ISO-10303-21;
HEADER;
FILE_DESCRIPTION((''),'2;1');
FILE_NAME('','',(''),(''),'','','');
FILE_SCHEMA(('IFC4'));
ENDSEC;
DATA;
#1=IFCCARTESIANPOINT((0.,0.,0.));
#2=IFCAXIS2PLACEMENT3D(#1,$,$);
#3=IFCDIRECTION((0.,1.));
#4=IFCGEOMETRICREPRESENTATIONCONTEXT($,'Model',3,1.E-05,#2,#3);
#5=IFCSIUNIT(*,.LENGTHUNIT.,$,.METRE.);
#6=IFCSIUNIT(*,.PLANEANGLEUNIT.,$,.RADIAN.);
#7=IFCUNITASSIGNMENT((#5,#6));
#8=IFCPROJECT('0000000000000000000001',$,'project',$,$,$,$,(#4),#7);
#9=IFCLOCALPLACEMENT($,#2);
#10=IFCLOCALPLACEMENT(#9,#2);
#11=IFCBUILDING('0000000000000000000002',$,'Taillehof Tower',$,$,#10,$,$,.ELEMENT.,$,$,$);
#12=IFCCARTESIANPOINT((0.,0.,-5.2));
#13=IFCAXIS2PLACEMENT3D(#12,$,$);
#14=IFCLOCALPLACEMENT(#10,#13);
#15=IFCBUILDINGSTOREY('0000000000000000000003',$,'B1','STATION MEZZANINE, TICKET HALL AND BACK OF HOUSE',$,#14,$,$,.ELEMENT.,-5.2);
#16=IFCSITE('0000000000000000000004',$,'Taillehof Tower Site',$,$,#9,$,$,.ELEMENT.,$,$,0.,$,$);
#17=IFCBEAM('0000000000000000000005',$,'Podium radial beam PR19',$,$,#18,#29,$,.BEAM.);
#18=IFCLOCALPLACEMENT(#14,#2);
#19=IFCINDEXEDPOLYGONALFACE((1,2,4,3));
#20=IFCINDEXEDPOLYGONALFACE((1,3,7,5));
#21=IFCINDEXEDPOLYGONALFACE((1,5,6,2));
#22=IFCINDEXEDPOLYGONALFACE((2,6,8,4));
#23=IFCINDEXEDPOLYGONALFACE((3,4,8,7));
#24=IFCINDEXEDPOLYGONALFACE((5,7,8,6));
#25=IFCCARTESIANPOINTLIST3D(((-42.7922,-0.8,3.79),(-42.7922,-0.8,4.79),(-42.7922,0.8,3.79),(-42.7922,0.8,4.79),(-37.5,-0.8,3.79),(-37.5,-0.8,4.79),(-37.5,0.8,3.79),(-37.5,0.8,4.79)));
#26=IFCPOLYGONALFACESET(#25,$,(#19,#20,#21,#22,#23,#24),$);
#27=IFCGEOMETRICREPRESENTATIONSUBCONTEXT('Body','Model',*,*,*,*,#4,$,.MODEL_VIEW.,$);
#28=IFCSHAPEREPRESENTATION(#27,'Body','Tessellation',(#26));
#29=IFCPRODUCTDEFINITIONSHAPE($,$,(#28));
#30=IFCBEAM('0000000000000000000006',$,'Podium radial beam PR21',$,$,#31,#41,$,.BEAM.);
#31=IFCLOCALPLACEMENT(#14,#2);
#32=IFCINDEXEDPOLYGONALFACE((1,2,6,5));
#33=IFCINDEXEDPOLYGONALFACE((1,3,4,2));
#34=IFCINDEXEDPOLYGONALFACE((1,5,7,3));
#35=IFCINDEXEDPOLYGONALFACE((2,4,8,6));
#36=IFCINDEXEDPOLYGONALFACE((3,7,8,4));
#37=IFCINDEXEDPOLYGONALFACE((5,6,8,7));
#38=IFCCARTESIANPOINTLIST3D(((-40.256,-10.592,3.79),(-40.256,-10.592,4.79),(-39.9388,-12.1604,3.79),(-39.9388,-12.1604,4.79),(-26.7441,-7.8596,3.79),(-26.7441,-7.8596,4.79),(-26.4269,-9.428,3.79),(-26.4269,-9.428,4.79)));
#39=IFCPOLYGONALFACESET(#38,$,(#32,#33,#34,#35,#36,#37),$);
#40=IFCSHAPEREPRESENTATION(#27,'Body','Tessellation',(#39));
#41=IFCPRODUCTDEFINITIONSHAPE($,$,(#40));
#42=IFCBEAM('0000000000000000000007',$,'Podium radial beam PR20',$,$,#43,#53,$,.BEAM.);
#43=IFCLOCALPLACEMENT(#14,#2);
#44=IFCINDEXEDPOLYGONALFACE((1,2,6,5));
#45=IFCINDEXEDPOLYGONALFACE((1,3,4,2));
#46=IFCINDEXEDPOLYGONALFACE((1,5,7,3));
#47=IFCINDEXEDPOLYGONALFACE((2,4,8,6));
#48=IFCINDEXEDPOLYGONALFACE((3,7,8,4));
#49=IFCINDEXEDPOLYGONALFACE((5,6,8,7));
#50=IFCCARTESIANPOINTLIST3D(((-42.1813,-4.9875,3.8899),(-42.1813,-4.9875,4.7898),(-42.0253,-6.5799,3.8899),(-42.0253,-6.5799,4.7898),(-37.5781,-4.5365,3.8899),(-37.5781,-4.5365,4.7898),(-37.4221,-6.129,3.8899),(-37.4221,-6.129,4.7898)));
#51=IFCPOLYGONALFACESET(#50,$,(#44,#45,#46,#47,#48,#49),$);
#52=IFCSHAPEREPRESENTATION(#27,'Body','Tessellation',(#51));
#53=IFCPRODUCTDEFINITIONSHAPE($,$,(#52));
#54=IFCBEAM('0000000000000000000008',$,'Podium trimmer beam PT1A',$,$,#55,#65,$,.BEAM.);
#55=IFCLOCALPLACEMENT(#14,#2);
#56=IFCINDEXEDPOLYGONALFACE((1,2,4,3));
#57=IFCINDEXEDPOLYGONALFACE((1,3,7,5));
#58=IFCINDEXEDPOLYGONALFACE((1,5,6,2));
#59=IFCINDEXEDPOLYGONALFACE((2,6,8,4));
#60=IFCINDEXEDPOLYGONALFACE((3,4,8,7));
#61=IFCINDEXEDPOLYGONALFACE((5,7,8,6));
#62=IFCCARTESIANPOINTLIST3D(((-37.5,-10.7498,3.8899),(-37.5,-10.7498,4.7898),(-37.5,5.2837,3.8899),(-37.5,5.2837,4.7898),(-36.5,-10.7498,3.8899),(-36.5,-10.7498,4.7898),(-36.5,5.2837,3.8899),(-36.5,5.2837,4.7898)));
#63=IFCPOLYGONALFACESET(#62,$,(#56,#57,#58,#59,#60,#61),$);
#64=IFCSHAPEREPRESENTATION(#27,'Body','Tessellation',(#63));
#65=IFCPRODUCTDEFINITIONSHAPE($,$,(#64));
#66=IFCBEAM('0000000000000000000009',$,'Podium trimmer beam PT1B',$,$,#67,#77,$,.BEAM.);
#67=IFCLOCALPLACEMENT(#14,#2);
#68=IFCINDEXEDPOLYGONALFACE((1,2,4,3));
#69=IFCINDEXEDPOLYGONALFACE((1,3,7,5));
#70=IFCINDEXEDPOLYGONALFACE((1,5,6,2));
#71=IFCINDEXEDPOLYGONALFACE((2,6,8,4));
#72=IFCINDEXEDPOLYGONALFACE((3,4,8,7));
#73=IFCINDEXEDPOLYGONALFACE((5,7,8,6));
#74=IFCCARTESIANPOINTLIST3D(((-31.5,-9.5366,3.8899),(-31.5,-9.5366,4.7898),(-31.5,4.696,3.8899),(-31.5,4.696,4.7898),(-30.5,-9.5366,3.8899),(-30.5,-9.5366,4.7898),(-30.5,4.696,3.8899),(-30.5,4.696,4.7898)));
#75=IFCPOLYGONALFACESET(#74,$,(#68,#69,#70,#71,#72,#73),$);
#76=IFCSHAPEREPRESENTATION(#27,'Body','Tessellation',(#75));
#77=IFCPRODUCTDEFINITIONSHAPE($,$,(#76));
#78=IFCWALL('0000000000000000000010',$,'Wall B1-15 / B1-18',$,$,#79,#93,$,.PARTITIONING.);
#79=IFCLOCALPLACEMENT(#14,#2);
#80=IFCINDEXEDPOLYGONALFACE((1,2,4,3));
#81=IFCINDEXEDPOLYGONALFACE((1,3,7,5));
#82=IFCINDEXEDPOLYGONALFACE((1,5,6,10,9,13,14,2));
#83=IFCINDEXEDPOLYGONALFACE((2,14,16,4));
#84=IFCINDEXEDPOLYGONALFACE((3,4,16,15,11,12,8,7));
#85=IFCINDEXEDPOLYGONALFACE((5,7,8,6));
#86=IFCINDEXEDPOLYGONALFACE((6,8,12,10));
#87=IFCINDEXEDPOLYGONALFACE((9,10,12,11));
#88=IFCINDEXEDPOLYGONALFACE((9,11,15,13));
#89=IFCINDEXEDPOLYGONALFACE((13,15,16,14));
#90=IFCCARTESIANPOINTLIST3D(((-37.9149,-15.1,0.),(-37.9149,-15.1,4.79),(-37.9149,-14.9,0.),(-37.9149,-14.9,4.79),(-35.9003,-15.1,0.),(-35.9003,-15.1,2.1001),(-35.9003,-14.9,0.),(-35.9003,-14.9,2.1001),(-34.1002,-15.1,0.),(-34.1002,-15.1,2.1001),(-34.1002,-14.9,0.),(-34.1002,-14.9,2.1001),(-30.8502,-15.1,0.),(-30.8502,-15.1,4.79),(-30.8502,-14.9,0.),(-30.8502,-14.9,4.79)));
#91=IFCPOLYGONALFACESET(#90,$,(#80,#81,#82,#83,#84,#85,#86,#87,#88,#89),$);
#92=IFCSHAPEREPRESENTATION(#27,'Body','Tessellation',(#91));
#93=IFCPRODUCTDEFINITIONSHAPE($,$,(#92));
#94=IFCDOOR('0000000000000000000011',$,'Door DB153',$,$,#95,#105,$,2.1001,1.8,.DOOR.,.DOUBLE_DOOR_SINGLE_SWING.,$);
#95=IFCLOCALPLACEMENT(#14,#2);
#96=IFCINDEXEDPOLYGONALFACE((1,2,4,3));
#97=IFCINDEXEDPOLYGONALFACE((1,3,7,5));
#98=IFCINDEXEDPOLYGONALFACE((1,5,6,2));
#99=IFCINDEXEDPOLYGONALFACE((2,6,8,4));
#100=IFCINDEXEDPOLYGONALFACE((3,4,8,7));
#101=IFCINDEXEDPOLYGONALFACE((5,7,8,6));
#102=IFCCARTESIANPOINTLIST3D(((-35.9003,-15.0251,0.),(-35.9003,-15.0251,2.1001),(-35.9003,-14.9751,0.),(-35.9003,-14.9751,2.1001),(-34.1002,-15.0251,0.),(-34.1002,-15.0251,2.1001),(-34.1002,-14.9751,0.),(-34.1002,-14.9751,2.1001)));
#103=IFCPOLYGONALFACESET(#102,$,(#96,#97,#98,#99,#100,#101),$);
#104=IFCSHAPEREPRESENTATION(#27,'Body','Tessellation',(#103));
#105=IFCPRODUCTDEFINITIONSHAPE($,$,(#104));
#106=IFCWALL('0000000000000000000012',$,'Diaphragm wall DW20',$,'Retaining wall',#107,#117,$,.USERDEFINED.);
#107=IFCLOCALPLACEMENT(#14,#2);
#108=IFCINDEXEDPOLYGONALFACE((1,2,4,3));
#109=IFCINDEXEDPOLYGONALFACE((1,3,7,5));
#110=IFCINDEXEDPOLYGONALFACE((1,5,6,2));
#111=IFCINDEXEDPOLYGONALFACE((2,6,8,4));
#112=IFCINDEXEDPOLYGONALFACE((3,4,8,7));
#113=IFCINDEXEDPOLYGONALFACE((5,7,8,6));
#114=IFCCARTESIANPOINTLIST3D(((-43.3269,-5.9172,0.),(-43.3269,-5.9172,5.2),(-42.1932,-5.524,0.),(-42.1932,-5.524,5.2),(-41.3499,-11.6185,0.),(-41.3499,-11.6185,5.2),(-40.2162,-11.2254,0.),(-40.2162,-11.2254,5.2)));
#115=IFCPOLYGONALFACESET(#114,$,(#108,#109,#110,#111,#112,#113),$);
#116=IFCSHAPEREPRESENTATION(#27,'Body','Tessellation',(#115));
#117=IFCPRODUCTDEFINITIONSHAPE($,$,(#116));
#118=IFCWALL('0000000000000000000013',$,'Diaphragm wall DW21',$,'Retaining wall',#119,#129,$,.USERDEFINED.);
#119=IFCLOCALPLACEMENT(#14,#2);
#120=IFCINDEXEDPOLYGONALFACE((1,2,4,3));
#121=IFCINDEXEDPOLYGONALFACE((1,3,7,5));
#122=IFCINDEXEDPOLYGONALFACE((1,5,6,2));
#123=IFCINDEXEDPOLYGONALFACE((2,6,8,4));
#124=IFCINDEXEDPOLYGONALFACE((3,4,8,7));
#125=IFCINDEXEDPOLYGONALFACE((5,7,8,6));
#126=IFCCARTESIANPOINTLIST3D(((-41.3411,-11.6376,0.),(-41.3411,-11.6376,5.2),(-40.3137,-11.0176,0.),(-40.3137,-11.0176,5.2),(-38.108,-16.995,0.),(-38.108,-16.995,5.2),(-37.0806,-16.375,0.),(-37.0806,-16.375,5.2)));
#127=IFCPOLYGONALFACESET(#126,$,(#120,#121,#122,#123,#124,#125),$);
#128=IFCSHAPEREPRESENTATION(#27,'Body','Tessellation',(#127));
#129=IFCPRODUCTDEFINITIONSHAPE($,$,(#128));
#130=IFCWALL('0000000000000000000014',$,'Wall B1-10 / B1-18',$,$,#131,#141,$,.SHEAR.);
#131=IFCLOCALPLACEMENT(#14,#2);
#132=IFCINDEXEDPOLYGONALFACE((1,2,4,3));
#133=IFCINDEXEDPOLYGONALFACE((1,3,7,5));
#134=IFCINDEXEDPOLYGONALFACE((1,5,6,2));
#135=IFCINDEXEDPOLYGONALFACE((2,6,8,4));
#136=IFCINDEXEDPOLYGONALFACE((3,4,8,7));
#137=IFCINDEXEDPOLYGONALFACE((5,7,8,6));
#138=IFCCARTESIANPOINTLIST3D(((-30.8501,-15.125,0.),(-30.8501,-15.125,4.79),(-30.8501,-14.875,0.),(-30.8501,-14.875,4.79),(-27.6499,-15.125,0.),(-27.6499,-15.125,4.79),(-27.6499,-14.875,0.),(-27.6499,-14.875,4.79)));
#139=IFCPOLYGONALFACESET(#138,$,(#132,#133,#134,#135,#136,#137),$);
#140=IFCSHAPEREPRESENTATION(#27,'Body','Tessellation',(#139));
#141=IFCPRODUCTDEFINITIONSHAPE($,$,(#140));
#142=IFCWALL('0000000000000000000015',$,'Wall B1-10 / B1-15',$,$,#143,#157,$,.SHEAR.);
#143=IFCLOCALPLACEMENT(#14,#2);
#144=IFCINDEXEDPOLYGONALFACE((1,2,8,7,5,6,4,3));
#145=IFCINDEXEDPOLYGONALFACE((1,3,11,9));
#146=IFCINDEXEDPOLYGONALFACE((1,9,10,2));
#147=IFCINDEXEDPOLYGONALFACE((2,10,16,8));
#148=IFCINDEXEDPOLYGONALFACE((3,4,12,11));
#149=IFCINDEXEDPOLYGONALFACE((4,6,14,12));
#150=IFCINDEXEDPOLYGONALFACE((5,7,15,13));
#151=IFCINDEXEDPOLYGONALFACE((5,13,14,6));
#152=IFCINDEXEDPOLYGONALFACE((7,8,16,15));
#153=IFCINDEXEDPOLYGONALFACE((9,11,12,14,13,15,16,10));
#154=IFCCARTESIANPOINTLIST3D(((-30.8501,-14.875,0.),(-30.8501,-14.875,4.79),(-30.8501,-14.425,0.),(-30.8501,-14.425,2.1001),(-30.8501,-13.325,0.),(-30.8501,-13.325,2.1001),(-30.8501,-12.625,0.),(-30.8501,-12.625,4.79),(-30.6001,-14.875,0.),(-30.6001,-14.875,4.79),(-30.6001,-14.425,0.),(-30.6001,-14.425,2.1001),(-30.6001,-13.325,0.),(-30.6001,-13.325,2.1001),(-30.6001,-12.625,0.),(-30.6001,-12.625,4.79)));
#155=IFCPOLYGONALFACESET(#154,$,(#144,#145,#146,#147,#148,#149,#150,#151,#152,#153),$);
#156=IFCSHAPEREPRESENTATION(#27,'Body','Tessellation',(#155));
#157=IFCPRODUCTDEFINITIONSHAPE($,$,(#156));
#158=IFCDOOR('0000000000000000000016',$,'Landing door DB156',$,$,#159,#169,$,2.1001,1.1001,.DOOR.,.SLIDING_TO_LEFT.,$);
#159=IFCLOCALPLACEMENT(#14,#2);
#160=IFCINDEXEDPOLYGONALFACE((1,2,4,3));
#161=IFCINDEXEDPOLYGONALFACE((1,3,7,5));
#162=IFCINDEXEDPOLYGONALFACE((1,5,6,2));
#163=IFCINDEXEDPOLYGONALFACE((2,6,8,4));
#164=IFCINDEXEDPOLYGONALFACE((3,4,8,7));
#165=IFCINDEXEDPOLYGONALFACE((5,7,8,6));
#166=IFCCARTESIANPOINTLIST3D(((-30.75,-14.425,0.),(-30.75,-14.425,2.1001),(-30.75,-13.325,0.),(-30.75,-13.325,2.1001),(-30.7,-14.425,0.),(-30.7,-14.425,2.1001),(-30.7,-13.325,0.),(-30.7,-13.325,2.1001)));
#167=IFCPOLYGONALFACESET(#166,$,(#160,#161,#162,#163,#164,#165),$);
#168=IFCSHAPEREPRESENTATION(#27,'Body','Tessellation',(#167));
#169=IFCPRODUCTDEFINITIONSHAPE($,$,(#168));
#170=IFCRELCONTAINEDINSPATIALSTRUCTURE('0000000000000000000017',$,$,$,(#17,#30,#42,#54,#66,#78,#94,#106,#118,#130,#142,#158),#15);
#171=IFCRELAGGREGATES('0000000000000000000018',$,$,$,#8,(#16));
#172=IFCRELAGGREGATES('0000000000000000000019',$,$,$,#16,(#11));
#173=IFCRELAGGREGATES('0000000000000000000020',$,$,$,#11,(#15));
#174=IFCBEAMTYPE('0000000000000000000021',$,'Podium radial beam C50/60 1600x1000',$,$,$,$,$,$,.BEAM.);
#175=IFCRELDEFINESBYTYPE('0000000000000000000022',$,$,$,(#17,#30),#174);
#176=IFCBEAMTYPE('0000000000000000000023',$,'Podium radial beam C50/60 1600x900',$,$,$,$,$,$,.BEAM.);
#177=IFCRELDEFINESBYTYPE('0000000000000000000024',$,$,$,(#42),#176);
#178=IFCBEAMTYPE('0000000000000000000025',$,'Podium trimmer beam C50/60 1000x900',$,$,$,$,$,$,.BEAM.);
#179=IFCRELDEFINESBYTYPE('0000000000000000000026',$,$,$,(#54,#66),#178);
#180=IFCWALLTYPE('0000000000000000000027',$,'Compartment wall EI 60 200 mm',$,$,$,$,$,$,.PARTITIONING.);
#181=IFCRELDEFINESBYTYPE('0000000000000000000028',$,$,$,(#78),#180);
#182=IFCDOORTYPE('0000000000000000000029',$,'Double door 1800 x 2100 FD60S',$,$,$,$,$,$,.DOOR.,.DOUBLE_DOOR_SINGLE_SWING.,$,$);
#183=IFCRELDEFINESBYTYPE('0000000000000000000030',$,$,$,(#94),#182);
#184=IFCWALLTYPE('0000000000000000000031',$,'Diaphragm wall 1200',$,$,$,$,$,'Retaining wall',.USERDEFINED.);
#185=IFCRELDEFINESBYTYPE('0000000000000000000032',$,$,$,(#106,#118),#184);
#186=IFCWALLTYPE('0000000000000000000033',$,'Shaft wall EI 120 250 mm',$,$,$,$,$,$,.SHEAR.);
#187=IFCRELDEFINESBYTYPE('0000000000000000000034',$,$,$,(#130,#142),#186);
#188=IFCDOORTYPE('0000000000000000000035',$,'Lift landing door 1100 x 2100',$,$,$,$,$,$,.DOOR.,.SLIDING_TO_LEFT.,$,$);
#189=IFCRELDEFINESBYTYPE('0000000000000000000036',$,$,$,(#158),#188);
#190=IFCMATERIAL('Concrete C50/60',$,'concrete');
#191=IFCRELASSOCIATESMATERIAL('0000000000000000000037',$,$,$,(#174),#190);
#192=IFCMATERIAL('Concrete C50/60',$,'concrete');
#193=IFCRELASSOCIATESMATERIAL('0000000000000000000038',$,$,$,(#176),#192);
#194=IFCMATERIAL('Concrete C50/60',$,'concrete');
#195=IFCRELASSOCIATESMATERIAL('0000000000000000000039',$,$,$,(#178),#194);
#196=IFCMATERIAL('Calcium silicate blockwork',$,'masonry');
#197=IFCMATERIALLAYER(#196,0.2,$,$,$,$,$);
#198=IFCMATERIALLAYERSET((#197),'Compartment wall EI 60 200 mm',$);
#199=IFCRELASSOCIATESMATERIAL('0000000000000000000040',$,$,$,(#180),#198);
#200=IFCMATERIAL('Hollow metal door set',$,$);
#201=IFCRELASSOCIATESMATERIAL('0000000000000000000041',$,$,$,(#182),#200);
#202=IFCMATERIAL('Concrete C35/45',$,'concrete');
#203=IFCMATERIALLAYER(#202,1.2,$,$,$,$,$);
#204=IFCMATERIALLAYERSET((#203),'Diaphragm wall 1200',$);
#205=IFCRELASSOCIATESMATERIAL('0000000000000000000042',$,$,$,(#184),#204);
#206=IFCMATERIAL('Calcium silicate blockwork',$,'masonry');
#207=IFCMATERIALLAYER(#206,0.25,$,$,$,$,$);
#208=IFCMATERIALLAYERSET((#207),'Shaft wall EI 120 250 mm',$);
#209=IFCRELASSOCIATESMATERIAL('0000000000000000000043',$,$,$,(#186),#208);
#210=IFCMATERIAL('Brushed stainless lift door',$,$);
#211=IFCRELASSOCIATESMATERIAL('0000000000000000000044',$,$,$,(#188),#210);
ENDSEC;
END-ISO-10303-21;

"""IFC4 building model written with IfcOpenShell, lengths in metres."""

from ifc_helpers import new_model, si_unit, direction, frame, frame_2d, origin, origin_2d, place, context, subcontext, project, spatial, rectangle, extrude, material, layer, layer_set, material_profile, profile_set, type_object, element, fill, save


model = new_model("IFC4")

# Units and contexts
model_context = context("Model", 3, precision=1e-05, world=origin(), true_north=direction((0.0, 1.0)))
body_context = subcontext(model_context, "Body", "Model", "MODEL_VIEW")
ifc_project = project(units=[si_unit("LENGTHUNIT", "METRE"), si_unit("PLANEANGLEUNIT", "RADIAN")], contexts=[model_context])

# Site, building, storey
site_placement = place(None, origin())
site = spatial("IfcSite", under=ifc_project, at=site_placement, Name="Taillehof Tower Site", CompositionType="ELEMENT", RefElevation=0.0)
building_placement = place(site_placement, origin())
building = spatial("IfcBuilding", under=site, at=building_placement, Name="Taillehof Tower", CompositionType="ELEMENT")
storey_placement = place(building_placement, frame((0.0, 0.0, -5.2)))
storey = spatial("IfcBuildingStorey", under=building, at=storey_placement, Name="B1", Description="STATION MEZZANINE, TICKET HALL AND BACK OF HOUSE", CompositionType="ELEMENT", Elevation=-5.2)

# Beams
ifc_material_1 = material(Name="Concrete C50/60", Category="concrete")
ifc_material_profile_1 = material_profile(ifc_material_1, rectangle(XDim=1.6001, YDim=1.0, at=origin_2d()), Name="RC 1600x1000")
ifc_profile_set_1 = profile_set([ifc_material_profile_1], Name="Concrete C50/60")
beam_type_1 = type_object("IfcBeamType", Name="Podium radial beam C50/60 1600x1000", PredefinedType="BEAM", material=ifc_profile_set_1)
beam_1_placement = place(storey_placement, frame((-42.7922, 0.0, 4.29), z_axis=(1.0, 0.0, 0.0), x_axis=(0.0, 1.0, 0.0)))
element("IfcBeam", 1, at=beam_1_placement, inside=storey, type_object=beam_type_1, Name="Podium radial beam PR19", PredefinedType="BEAM", context=body_context, shape_type="SweptSolid", body=[
    extrude(rectangle(XDim=1.6001, YDim=1.0, at=origin_2d()), origin(), (0.0, 0.0, 1.0), 5.2922),
])
beam_2_placement = place(storey_placement, frame((-40.0974, -11.3762, 4.29), z_axis=(0.98016, 0.19821, 0.0), x_axis=(-0.19821, 0.98016, 0.0)))
element("IfcBeam", 2, at=beam_2_placement, inside=storey, type_object=beam_type_1, Name="Podium radial beam PR21", PredefinedType="BEAM", context=body_context, shape_type="SweptSolid", body=[
    extrude(rectangle(XDim=1.6001, YDim=1.0, at=origin_2d()), origin(), (0.0, 0.0, 1.0), 13.7854),
])
ifc_material_2 = material(Name="Concrete C50/60", Category="concrete")
ifc_material_profile_2 = material_profile(ifc_material_2, rectangle(XDim=1.6001, YDim=0.8999, at=origin_2d()), Name="RC 1600x900")
ifc_profile_set_2 = profile_set([ifc_material_profile_2], Name="Concrete C50/60")
beam_type_2 = type_object("IfcBeamType", Name="Podium radial beam C50/60 1600x900", PredefinedType="BEAM", material=ifc_profile_set_2)
beam_3_placement = place(storey_placement, frame((-42.1033, -5.7837, 4.3398), z_axis=(0.995236, 0.097491, 0.0), x_axis=(-0.097491, 0.995236, 0.0)))
element("IfcBeam", 3, at=beam_3_placement, inside=storey, type_object=beam_type_2, Name="Podium radial beam PR20", PredefinedType="BEAM", context=body_context, shape_type="SweptSolid", body=[
    extrude(rectangle(XDim=1.6001, YDim=0.8999, at=origin_2d()), origin(), (0.0, 0.0, 1.0), 4.6252),
])
ifc_material_3 = material(Name="Concrete C50/60", Category="concrete")
ifc_material_profile_3 = material_profile(ifc_material_3, rectangle(XDim=1.0, YDim=0.8999, at=origin_2d()), Name="RC 1000x900")
ifc_profile_set_3 = profile_set([ifc_material_profile_3], Name="Concrete C50/60")
beam_type_3 = type_object("IfcBeamType", Name="Podium trimmer beam C50/60 1000x900", PredefinedType="BEAM", material=ifc_profile_set_3)
beam_4_placement = place(storey_placement, frame((-37.0, -10.7498, 4.3398), z_axis=(0.0, 1.0, 0.0), x_axis=(-1.0, 0.0, 0.0)))
element("IfcBeam", 4, at=beam_4_placement, inside=storey, type_object=beam_type_3, Name="Podium trimmer beam PT1A", PredefinedType="BEAM", context=body_context, shape_type="SweptSolid", body=[
    extrude(rectangle(XDim=1.0, YDim=0.8999, at=origin_2d()), origin(), (0.0, 0.0, 1.0), 16.0334),
])
beam_5_placement = place(storey_placement, frame((-31.0, -9.5366, 4.3398), z_axis=(0.0, 1.0, 0.0), x_axis=(-1.0, 0.0, 0.0)))
element("IfcBeam", 5, at=beam_5_placement, inside=storey, type_object=beam_type_3, Name="Podium trimmer beam PT1B", PredefinedType="BEAM", context=body_context, shape_type="SweptSolid", body=[
    extrude(rectangle(XDim=1.0, YDim=0.8999, at=origin_2d()), origin(), (0.0, 0.0, 1.0), 14.2327),
])

# Wall, opening, door
ifc_material_4 = material(Name="Calcium silicate blockwork", Category="masonry")
ifc_layer_1 = layer(ifc_material_4, 0.2)
ifc_layer_set_1 = layer_set([ifc_layer_1], Name="Compartment wall EI 60 200 mm")
wall_type_1 = type_object("IfcWallType", Name="Compartment wall EI 60 200 mm", PredefinedType="PARTITIONING", material=ifc_layer_set_1)
wall_1_placement = place(storey_placement, frame((-37.9148, -15.0, 0.0), z_axis=(0.0, 0.0, 1.0), x_axis=(1.0, 0.0, 0.0)))
wall_1 = element("IfcWall", 6, at=wall_1_placement, inside=storey, type_object=wall_type_1, Name="Wall B1-15 / B1-18", PredefinedType="PARTITIONING", context=body_context, shape_type="SweptSolid", body=[
    extrude(rectangle(XDim=7.0647, YDim=0.2, at=frame_2d((3.5322, 0.0))), origin(), (0.0, 0.0, 1.0), 4.79),
])
opening_1_placement = place(wall_1_placement, frame((2.0146, 0.0, 0.0)))
opening_1 = element("IfcOpeningElement", 7, at=opening_1_placement, cuts=wall_1, PredefinedType="OPENING", context=body_context, shape_type="SweptSolid", body=[
    extrude(rectangle(XDim=1.8, YDim=2.1001, at=frame_2d((0.8999, 1.05))), frame((0.0, 0.1099, 0.0), z_axis=(0.0, -1.0, 0.0), x_axis=(1.0, 0.0, 0.0)), (0.0, 0.0, 1.0), 0.22),
])
ifc_material_5 = material(Name="Hollow metal door set")
door_type_1 = type_object("IfcDoorType", Name="Double door 1800 x 2100 FD60S", OperationType="DOUBLE_DOOR_SINGLE_SWING", PredefinedType="DOOR", material=ifc_material_5)
door_1_placement = place(opening_1_placement, origin())
door_1 = element("IfcDoor", 8, at=door_1_placement, inside=storey, type_object=door_type_1, Name="Door DB153", OperationType="DOUBLE_DOOR_SINGLE_SWING", OverallHeight=2.1001, OverallWidth=1.8, PredefinedType="DOOR", context=body_context, shape_type="SweptSolid", body=[
    extrude(rectangle(XDim=1.8, YDim=2.1001, at=frame_2d((0.8999, 1.05))), frame((0.0, 0.0249, 0.0), z_axis=(0.0, -1.0, 0.0), x_axis=(1.0, 0.0, 0.0)), (0.0, 0.0, 1.0), 0.05),
])
fill(opening_1, door_1)

# Walls
ifc_material_6 = material(Name="Concrete C35/45", Category="concrete")
ifc_layer_2 = layer(ifc_material_6, 1.2)
ifc_layer_set_2 = layer_set([ifc_layer_2], Name="Diaphragm wall 1200")
wall_type_2 = type_object("IfcWallType", Name="Diaphragm wall 1200", ElementType="Retaining wall", PredefinedType="USERDEFINED", material=ifc_layer_set_2)
wall_2_placement = place(storey_placement, frame((-42.76, -5.7207, 0.0), z_axis=(0.0, 0.0, 1.0), x_axis=(0.327626, -0.944807, 0.0)))
element("IfcWall", 9, at=wall_2_placement, inside=storey, type_object=wall_type_2, Name="Diaphragm wall DW20", ObjectType="Retaining wall", PredefinedType="USERDEFINED", context=body_context, shape_type="SweptSolid", body=[
    extrude(rectangle(XDim=6.0344, YDim=1.2, at=frame_2d((3.0171, 0.0))), origin(), (0.0, 0.0, 1.0), 5.2),
])
wall_3_placement = place(storey_placement, frame((-40.8274, -11.3276, 0.0), z_axis=(0.0, 0.0, 1.0), x_axis=(0.516692, -0.856172, 0.0)))
element("IfcWall", 10, at=wall_3_placement, inside=storey, type_object=wall_type_2, Name="Diaphragm wall DW21", ObjectType="Retaining wall", PredefinedType="USERDEFINED", context=body_context, shape_type="SweptSolid", body=[
    extrude(rectangle(XDim=6.2573, YDim=1.2, at=frame_2d((3.1287, 0.0))), origin(), (0.0, 0.0, 1.0), 5.2),
])
ifc_material_7 = material(Name="Calcium silicate blockwork", Category="masonry")
ifc_layer_3 = layer(ifc_material_7, 0.25)
ifc_layer_set_3 = layer_set([ifc_layer_3], Name="Shaft wall EI 120 250 mm")
wall_type_3 = type_object("IfcWallType", Name="Shaft wall EI 120 250 mm", PredefinedType="SHEAR", material=ifc_layer_set_3)
wall_4_placement = place(storey_placement, frame((-30.8501, -15.0, 0.0), z_axis=(0.0, 0.0, 1.0), x_axis=(1.0, 0.0, 0.0)))
element("IfcWall", 11, at=wall_4_placement, inside=storey, type_object=wall_type_3, Name="Wall B1-10 / B1-18", PredefinedType="SHEAR", context=body_context, shape_type="SweptSolid", body=[
    extrude(rectangle(XDim=3.2002, YDim=0.25, at=frame_2d((1.6001, 0.0))), origin(), (0.0, 0.0, 1.0), 4.79),
])

# Wall, opening, door
wall_5_placement = place(storey_placement, frame((-30.7251, -14.875, 0.0), z_axis=(0.0, 0.0, 1.0), x_axis=(0.0, 1.0, 0.0)))
wall_5 = element("IfcWall", 12, at=wall_5_placement, inside=storey, type_object=wall_type_3, Name="Wall B1-10 / B1-15", PredefinedType="SHEAR", context=body_context, shape_type="SweptSolid", body=[
    extrude(rectangle(XDim=2.25, YDim=0.25, at=frame_2d((1.125, 0.0))), origin(), (0.0, 0.0, 1.0), 4.79),
])
opening_2_placement = place(wall_5_placement, frame((0.45, 0.0, 0.0)))
opening_2 = element("IfcOpeningElement", 13, at=opening_2_placement, cuts=wall_5, PredefinedType="OPENING", context=body_context, shape_type="SweptSolid", body=[
    extrude(rectangle(XDim=1.1001, YDim=2.1001, at=frame_2d((0.55, 1.05))), frame((0.0, 0.135, 0.0), z_axis=(0.0, -1.0, 0.0), x_axis=(1.0, 0.0, 0.0)), (0.0, 0.0, 1.0), 0.27),
])
ifc_material_8 = material(Name="Brushed stainless lift door")
door_type_2 = type_object("IfcDoorType", Name="Lift landing door 1100 x 2100", OperationType="SLIDING_TO_LEFT", PredefinedType="DOOR", material=ifc_material_8)
door_2_placement = place(opening_2_placement, origin())
door_2 = element("IfcDoor", 14, at=door_2_placement, inside=storey, type_object=door_type_2, Name="Landing door DB156", OperationType="SLIDING_TO_LEFT", OverallHeight=2.1001, OverallWidth=1.1001, PredefinedType="DOOR", context=body_context, shape_type="SweptSolid", body=[
    extrude(rectangle(XDim=1.1001, YDim=2.1001, at=frame_2d((0.55, 1.05))), frame((0.0, 0.0249, 0.0), z_axis=(0.0, -1.0, 0.0), x_axis=(1.0, 0.0, 0.0)), (0.0, 0.0, 1.0), 0.05),
])
fill(opening_2, door_2)

save(model, "model.ifc")
